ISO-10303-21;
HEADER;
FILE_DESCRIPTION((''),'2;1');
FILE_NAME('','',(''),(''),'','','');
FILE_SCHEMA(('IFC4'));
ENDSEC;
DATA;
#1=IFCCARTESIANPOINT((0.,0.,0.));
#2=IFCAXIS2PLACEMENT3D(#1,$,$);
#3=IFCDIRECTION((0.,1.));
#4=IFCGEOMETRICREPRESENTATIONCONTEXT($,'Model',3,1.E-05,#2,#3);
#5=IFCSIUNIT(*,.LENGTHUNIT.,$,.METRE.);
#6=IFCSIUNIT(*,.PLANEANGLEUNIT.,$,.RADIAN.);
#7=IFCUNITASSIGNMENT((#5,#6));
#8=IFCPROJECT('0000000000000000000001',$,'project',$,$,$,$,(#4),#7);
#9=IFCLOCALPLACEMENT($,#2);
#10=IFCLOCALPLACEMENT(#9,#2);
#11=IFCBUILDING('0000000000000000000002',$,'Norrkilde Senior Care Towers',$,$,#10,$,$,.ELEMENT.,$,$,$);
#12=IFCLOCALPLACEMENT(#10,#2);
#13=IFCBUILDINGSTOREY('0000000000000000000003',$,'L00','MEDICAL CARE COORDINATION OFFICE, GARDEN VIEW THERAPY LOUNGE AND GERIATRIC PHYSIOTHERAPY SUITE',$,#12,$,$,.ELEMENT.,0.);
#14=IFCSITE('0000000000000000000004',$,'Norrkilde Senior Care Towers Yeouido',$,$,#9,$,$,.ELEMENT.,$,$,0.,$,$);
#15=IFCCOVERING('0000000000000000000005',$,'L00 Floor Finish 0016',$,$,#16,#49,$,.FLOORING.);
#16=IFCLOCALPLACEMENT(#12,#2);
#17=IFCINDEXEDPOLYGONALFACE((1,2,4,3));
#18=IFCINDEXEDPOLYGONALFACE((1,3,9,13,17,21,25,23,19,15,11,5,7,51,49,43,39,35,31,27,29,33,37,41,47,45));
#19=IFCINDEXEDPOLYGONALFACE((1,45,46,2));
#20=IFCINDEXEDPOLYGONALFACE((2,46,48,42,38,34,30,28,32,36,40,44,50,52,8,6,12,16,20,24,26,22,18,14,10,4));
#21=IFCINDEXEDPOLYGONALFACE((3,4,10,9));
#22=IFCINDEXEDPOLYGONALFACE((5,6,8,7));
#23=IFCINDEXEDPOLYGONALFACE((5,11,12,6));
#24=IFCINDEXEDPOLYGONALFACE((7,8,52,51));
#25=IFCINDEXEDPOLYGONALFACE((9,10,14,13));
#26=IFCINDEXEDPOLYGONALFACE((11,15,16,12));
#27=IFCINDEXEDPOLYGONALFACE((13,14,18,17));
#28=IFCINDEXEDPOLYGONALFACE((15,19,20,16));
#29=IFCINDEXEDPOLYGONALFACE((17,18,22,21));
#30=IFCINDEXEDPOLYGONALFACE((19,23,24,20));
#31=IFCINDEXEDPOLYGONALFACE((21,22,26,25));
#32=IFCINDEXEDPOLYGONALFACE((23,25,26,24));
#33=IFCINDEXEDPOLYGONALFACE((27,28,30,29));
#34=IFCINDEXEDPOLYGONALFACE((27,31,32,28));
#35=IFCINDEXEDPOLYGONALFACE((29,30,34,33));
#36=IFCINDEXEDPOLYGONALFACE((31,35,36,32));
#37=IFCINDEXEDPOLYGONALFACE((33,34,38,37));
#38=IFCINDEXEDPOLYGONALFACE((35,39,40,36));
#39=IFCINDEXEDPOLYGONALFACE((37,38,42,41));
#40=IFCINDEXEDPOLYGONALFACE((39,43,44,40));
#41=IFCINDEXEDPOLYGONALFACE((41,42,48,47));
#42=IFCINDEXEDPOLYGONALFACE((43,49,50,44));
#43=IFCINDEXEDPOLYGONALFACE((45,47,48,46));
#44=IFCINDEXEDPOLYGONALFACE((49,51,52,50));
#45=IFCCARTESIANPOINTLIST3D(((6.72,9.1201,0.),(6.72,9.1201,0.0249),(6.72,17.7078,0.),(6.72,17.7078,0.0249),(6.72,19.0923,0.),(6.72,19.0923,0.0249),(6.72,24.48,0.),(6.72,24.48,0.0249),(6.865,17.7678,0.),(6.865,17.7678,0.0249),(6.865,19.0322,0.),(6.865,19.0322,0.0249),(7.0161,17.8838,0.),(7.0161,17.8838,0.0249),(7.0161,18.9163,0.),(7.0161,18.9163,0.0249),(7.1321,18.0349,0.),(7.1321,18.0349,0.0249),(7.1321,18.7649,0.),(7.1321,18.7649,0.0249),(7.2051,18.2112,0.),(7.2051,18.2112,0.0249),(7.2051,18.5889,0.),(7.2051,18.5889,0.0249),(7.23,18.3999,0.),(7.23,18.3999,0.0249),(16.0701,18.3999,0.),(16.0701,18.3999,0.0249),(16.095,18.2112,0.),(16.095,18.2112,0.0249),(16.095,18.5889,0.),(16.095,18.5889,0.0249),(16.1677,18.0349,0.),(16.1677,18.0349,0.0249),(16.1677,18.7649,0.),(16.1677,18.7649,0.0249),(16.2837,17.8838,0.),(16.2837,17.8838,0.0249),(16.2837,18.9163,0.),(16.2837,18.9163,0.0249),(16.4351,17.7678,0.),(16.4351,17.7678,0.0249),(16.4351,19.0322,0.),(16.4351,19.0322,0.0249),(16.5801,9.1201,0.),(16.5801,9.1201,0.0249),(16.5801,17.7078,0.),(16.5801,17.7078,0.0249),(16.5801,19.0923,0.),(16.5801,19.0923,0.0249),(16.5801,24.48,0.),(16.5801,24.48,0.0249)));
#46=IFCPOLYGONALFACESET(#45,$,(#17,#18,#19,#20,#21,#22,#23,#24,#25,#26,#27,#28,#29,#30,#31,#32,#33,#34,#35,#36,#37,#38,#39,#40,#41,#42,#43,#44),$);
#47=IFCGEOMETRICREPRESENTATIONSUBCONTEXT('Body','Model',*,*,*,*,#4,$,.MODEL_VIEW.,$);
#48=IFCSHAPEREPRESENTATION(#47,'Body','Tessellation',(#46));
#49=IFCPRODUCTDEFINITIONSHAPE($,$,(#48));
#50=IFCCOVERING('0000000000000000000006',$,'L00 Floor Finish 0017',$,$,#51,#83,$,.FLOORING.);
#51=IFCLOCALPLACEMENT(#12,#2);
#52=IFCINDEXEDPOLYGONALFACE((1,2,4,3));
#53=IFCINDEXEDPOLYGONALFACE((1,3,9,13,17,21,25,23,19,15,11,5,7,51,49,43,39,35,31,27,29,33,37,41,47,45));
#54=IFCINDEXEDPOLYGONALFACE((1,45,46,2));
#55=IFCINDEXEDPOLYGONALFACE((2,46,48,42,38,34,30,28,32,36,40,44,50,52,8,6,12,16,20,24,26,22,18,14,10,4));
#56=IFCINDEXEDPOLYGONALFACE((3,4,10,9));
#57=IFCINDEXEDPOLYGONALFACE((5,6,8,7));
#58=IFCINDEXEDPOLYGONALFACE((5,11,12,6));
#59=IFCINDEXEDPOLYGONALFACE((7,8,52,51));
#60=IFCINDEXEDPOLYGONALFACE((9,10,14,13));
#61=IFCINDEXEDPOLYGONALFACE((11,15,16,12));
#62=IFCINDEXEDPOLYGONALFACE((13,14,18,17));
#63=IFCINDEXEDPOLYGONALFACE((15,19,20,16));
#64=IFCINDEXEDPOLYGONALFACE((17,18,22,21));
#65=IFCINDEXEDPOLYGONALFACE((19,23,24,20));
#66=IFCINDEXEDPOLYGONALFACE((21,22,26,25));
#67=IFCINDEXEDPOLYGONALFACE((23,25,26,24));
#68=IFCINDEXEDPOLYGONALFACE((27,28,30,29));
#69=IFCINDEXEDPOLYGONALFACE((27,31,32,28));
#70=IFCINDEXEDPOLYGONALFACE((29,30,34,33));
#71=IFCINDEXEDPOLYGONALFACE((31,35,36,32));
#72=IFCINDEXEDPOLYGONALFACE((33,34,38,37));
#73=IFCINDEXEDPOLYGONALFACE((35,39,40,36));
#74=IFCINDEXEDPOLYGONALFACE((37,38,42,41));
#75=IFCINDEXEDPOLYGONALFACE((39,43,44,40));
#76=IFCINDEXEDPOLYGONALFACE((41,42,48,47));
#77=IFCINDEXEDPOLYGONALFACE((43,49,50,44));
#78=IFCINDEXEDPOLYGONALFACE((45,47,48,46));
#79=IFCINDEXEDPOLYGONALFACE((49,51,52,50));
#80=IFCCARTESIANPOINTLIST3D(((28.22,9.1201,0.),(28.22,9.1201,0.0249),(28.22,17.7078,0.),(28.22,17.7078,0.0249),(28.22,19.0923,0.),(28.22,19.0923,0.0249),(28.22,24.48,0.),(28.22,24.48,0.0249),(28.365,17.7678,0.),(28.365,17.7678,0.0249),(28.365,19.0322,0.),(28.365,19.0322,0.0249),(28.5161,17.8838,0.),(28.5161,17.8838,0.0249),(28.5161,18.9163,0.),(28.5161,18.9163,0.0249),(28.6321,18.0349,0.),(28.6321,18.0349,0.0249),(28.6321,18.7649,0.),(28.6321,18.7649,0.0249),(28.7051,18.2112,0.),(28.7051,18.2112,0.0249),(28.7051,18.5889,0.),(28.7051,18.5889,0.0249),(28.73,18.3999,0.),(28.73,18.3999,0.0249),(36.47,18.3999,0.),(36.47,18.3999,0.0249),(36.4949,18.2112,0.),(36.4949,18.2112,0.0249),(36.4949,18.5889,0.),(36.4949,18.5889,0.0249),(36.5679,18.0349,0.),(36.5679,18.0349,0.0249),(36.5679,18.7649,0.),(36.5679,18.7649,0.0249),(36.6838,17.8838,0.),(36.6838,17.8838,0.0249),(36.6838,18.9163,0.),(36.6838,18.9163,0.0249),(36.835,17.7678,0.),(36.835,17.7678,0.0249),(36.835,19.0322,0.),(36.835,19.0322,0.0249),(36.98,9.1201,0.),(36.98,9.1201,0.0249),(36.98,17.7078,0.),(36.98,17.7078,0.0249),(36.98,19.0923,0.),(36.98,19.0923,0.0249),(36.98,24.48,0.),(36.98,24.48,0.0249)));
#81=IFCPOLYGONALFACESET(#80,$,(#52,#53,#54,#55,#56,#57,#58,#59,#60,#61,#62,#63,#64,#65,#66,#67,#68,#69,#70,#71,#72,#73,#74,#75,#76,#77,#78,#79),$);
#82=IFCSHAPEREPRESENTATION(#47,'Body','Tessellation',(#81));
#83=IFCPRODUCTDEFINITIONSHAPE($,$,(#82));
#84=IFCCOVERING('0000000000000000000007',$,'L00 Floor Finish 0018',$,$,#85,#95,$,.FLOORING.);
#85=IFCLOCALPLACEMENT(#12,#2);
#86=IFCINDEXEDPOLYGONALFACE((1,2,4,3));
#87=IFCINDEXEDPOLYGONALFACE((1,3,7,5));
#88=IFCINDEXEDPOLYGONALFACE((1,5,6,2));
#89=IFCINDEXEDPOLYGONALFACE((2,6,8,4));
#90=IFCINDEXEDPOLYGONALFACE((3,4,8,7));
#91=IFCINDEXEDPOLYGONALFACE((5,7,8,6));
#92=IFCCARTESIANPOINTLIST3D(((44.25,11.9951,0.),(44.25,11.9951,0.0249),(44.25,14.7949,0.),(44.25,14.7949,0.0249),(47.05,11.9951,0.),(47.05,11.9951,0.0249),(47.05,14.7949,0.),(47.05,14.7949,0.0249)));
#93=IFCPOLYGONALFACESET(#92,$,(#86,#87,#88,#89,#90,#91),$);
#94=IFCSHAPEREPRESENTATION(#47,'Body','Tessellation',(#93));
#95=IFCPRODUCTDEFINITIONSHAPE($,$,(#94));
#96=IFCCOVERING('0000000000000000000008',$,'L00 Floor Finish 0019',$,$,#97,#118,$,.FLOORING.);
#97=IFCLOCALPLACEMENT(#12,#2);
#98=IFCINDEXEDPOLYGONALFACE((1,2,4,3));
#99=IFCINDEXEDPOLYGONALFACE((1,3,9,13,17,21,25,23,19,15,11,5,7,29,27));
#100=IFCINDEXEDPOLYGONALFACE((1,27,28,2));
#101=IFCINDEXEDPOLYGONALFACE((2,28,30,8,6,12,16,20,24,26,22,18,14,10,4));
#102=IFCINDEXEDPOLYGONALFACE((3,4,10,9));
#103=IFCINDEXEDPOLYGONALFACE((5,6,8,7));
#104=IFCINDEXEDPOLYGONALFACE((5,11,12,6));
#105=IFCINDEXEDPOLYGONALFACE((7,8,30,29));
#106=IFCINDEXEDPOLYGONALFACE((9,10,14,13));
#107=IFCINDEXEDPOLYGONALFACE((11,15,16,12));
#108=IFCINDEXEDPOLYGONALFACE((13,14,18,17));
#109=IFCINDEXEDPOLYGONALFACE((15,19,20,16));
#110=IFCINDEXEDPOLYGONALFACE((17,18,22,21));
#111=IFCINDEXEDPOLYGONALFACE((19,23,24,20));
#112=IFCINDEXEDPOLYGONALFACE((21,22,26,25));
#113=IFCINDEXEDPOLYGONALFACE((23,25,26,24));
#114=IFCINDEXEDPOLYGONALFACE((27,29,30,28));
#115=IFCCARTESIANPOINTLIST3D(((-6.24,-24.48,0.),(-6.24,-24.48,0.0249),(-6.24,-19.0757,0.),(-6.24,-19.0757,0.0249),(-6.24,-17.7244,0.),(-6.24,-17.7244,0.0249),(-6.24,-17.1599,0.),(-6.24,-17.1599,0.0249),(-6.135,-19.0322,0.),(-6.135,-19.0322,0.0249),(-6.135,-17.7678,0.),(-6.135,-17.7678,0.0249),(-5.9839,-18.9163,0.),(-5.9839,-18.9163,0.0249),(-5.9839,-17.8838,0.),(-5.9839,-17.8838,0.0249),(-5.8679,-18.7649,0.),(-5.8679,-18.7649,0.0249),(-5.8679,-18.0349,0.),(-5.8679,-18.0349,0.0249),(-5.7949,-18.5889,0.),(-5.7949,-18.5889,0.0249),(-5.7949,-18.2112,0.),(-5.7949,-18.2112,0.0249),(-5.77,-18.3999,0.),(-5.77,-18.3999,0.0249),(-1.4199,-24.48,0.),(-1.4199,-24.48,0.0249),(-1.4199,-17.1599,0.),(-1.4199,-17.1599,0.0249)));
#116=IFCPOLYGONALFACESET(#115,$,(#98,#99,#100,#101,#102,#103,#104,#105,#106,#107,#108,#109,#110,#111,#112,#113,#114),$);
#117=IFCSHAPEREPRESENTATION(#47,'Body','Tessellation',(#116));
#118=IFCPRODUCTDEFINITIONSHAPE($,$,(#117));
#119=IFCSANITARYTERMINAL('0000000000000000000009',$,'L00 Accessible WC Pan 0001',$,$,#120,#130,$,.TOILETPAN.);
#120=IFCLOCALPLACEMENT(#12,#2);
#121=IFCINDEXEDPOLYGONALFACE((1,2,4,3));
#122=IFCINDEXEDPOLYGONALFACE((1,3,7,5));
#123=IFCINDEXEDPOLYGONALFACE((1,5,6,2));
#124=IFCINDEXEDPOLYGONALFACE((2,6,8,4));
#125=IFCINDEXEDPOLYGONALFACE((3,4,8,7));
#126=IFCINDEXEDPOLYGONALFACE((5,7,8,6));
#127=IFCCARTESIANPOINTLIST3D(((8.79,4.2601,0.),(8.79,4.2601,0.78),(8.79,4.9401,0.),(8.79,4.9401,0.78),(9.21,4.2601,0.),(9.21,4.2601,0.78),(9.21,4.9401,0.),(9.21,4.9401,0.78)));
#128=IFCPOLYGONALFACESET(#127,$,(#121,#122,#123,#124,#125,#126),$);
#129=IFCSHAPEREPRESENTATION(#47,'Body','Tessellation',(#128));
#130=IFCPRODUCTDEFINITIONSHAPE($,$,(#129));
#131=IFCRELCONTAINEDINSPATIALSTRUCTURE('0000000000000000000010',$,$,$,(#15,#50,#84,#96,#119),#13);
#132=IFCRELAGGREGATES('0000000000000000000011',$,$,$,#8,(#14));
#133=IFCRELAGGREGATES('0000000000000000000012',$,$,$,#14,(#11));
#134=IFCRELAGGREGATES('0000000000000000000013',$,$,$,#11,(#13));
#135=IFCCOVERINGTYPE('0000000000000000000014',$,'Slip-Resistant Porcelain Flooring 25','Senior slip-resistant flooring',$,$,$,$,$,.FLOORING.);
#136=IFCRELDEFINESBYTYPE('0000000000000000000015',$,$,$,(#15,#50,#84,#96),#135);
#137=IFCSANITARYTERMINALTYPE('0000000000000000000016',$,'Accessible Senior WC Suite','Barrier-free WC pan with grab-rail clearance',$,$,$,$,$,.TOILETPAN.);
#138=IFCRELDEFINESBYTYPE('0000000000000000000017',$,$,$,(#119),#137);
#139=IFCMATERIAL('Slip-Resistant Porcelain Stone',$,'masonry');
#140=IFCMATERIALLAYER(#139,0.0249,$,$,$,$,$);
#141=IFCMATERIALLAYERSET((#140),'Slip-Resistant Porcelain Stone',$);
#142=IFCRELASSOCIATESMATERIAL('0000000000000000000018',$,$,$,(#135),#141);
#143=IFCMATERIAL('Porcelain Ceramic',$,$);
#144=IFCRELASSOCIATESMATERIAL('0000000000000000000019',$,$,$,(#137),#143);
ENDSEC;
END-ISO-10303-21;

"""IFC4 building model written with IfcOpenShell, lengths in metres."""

from ifc_helpers import new_model, si_unit, direction, frame, origin, origin_2d, place, context, subcontext, project, spatial, polyline, rectangle, outline, extrude, source, transform, mapped, material, layer, layer_set, type_object, type_shapes, element, save


model = new_model("IFC4")

# Units and contexts
model_context = context("Model", 3, precision=1e-05, world=origin(), true_north=direction((0.0, 1.0)))
body_context = subcontext(model_context, "Body", "Model", "MODEL_VIEW")
ifc_project = project(units=[si_unit("LENGTHUNIT", "METRE"), si_unit("PLANEANGLEUNIT", "RADIAN")], contexts=[model_context])

# Site, building, storey
site_placement = place(None, origin())
site = spatial("IfcSite", under=ifc_project, at=site_placement, Name="Norrkilde Senior Care Towers Yeouido", CompositionType="ELEMENT", RefElevation=0.0)
building_placement = place(site_placement, origin())
building = spatial("IfcBuilding", under=site, at=building_placement, Name="Norrkilde Senior Care Towers", CompositionType="ELEMENT")
storey_placement = place(building_placement, origin())
storey = spatial("IfcBuildingStorey", under=building, at=storey_placement, Name="L00", Description="MEDICAL CARE COORDINATION OFFICE, GARDEN VIEW THERAPY LOUNGE AND GERIATRIC PHYSIOTHERAPY SUITE", CompositionType="ELEMENT", Elevation=0.0)

# Coverings
ifc_material_1 = material(Name="Slip-Resistant Porcelain Stone", Category="masonry")
ifc_layer_1 = layer(ifc_material_1, 0.0249)
ifc_layer_set_1 = layer_set([ifc_layer_1], Name="Slip-Resistant Porcelain Stone")
covering_type_1 = type_object("IfcCoveringType", Name="Slip-Resistant Porcelain Flooring 25", Description="Senior slip-resistant flooring", PredefinedType="FLOORING", material=ifc_layer_set_1)
covering_1_placement = place(storey_placement, origin())
element("IfcCovering", 1, at=covering_1_placement, inside=storey, type_object=covering_type_1, Name="L00 Floor Finish 0016", PredefinedType="FLOORING", context=body_context, shape_type="SweptSolid", body=[
    extrude(outline(polyline([(6.72, 9.1201), (6.72, 17.7078), (6.865, 17.7678), (7.0161, 17.8838), (7.1321, 18.0349), (7.2051, 18.2112), (7.23, 18.3999), (7.2051, 18.5889), (7.1321, 18.7649), (7.0161, 18.9163), (6.865, 19.0322), (6.72, 19.0923), (6.72, 24.48), (16.5801, 24.48), (16.5801, 19.0923), (16.4351, 19.0322), (16.2837, 18.9163), (16.1677, 18.7649), (16.095, 18.5889), (16.0701, 18.3999), (16.095, 18.2112), (16.1677, 18.0349), (16.2837, 17.8838), (16.4351, 17.7678), (16.5801, 17.7078), (16.5801, 9.1201), (6.72, 9.1201)])), origin(), (0.0, 0.0, 1.0), 0.0249),
])
covering_2_placement = place(storey_placement, origin())
element("IfcCovering", 2, at=covering_2_placement, inside=storey, type_object=covering_type_1, Name="L00 Floor Finish 0017", PredefinedType="FLOORING", context=body_context, shape_type="SweptSolid", body=[
    extrude(outline(polyline([(28.22, 9.1201), (28.22, 17.7078), (28.365, 17.7678), (28.5161, 17.8838), (28.6321, 18.0349), (28.7051, 18.2112), (28.73, 18.3999), (28.7051, 18.5889), (28.6321, 18.7649), (28.5161, 18.9163), (28.365, 19.0322), (28.22, 19.0923), (28.22, 24.48), (36.98, 24.48), (36.98, 19.0923), (36.835, 19.0322), (36.6838, 18.9163), (36.5679, 18.7649), (36.4949, 18.5889), (36.47, 18.3999), (36.4949, 18.2112), (36.5679, 18.0349), (36.6838, 17.8838), (36.835, 17.7678), (36.98, 17.7078), (36.98, 9.1201), (28.22, 9.1201)])), origin(), (0.0, 0.0, 1.0), 0.0249),
])
covering_3_placement = place(storey_placement, origin())
element("IfcCovering", 3, at=covering_3_placement, inside=storey, type_object=covering_type_1, Name="L00 Floor Finish 0018", PredefinedType="FLOORING", context=body_context, shape_type="SweptSolid", body=[
    extrude(outline(polyline([(44.25, 11.9951), (44.25, 14.7949), (47.05, 14.7949), (47.05, 11.9951), (44.25, 11.9951)])), origin(), (0.0, 0.0, 1.0), 0.0249),
])
covering_4_placement = place(storey_placement, origin())
element("IfcCovering", 4, at=covering_4_placement, inside=storey, type_object=covering_type_1, Name="L00 Floor Finish 0019", PredefinedType="FLOORING", context=body_context, shape_type="SweptSolid", body=[
    extrude(outline(polyline([(-1.4199, -24.48), (-6.24, -24.48), (-6.24, -19.0757), (-6.135, -19.0322), (-5.9839, -18.9163), (-5.8679, -18.7649), (-5.7949, -18.5889), (-5.77, -18.3999), (-5.7949, -18.2112), (-5.8679, -18.0349), (-5.9839, -17.8838), (-6.135, -17.7678), (-6.24, -17.7244), (-6.24, -17.1599), (-1.4199, -17.1599), (-1.4199, -24.48)])), origin(), (0.0, 0.0, 1.0), 0.0249),
])

# Sanitary terminal
ifc_material_2 = material(Name="Porcelain Ceramic")
sanitary_terminal_type = type_object("IfcSanitaryTerminalType", Name="Accessible Senior WC Suite", Description="Barrier-free WC pan with grab-rail clearance", PredefinedType="TOILETPAN", material=ifc_material_2)
shared_shape_1 = source(origin(), body_context, "Body", "SweptSolid", [
    extrude(rectangle(XDim=0.4199, YDim=0.6799, at=origin_2d()), origin(), (0.0, 0.0, 1.0), 0.78),
])
type_shapes(sanitary_terminal_type, [shared_shape_1])
sanitary_terminal_placement = place(storey_placement, frame((9.0, 4.6001, 0.0), z_axis=(0.0, 0.0, 1.0), x_axis=(1.0, 0.0, 0.0)))
element("IfcSanitaryTerminal", 5, at=sanitary_terminal_placement, inside=storey, type_object=sanitary_terminal_type, Name="L00 Accessible WC Pan 0001", PredefinedType="TOILETPAN", context=body_context, shape_type="MappedRepresentation", body=[
    mapped(shared_shape_1, transform((0.0, 0.0, 0.0), x_axis=(1.0, 0.0, 0.0), y_axis=(0.0, 1.0, 0.0), z_axis=(0.0, 0.0, 1.0), scale=1.0)),
])

save(model, "model.ifc")
